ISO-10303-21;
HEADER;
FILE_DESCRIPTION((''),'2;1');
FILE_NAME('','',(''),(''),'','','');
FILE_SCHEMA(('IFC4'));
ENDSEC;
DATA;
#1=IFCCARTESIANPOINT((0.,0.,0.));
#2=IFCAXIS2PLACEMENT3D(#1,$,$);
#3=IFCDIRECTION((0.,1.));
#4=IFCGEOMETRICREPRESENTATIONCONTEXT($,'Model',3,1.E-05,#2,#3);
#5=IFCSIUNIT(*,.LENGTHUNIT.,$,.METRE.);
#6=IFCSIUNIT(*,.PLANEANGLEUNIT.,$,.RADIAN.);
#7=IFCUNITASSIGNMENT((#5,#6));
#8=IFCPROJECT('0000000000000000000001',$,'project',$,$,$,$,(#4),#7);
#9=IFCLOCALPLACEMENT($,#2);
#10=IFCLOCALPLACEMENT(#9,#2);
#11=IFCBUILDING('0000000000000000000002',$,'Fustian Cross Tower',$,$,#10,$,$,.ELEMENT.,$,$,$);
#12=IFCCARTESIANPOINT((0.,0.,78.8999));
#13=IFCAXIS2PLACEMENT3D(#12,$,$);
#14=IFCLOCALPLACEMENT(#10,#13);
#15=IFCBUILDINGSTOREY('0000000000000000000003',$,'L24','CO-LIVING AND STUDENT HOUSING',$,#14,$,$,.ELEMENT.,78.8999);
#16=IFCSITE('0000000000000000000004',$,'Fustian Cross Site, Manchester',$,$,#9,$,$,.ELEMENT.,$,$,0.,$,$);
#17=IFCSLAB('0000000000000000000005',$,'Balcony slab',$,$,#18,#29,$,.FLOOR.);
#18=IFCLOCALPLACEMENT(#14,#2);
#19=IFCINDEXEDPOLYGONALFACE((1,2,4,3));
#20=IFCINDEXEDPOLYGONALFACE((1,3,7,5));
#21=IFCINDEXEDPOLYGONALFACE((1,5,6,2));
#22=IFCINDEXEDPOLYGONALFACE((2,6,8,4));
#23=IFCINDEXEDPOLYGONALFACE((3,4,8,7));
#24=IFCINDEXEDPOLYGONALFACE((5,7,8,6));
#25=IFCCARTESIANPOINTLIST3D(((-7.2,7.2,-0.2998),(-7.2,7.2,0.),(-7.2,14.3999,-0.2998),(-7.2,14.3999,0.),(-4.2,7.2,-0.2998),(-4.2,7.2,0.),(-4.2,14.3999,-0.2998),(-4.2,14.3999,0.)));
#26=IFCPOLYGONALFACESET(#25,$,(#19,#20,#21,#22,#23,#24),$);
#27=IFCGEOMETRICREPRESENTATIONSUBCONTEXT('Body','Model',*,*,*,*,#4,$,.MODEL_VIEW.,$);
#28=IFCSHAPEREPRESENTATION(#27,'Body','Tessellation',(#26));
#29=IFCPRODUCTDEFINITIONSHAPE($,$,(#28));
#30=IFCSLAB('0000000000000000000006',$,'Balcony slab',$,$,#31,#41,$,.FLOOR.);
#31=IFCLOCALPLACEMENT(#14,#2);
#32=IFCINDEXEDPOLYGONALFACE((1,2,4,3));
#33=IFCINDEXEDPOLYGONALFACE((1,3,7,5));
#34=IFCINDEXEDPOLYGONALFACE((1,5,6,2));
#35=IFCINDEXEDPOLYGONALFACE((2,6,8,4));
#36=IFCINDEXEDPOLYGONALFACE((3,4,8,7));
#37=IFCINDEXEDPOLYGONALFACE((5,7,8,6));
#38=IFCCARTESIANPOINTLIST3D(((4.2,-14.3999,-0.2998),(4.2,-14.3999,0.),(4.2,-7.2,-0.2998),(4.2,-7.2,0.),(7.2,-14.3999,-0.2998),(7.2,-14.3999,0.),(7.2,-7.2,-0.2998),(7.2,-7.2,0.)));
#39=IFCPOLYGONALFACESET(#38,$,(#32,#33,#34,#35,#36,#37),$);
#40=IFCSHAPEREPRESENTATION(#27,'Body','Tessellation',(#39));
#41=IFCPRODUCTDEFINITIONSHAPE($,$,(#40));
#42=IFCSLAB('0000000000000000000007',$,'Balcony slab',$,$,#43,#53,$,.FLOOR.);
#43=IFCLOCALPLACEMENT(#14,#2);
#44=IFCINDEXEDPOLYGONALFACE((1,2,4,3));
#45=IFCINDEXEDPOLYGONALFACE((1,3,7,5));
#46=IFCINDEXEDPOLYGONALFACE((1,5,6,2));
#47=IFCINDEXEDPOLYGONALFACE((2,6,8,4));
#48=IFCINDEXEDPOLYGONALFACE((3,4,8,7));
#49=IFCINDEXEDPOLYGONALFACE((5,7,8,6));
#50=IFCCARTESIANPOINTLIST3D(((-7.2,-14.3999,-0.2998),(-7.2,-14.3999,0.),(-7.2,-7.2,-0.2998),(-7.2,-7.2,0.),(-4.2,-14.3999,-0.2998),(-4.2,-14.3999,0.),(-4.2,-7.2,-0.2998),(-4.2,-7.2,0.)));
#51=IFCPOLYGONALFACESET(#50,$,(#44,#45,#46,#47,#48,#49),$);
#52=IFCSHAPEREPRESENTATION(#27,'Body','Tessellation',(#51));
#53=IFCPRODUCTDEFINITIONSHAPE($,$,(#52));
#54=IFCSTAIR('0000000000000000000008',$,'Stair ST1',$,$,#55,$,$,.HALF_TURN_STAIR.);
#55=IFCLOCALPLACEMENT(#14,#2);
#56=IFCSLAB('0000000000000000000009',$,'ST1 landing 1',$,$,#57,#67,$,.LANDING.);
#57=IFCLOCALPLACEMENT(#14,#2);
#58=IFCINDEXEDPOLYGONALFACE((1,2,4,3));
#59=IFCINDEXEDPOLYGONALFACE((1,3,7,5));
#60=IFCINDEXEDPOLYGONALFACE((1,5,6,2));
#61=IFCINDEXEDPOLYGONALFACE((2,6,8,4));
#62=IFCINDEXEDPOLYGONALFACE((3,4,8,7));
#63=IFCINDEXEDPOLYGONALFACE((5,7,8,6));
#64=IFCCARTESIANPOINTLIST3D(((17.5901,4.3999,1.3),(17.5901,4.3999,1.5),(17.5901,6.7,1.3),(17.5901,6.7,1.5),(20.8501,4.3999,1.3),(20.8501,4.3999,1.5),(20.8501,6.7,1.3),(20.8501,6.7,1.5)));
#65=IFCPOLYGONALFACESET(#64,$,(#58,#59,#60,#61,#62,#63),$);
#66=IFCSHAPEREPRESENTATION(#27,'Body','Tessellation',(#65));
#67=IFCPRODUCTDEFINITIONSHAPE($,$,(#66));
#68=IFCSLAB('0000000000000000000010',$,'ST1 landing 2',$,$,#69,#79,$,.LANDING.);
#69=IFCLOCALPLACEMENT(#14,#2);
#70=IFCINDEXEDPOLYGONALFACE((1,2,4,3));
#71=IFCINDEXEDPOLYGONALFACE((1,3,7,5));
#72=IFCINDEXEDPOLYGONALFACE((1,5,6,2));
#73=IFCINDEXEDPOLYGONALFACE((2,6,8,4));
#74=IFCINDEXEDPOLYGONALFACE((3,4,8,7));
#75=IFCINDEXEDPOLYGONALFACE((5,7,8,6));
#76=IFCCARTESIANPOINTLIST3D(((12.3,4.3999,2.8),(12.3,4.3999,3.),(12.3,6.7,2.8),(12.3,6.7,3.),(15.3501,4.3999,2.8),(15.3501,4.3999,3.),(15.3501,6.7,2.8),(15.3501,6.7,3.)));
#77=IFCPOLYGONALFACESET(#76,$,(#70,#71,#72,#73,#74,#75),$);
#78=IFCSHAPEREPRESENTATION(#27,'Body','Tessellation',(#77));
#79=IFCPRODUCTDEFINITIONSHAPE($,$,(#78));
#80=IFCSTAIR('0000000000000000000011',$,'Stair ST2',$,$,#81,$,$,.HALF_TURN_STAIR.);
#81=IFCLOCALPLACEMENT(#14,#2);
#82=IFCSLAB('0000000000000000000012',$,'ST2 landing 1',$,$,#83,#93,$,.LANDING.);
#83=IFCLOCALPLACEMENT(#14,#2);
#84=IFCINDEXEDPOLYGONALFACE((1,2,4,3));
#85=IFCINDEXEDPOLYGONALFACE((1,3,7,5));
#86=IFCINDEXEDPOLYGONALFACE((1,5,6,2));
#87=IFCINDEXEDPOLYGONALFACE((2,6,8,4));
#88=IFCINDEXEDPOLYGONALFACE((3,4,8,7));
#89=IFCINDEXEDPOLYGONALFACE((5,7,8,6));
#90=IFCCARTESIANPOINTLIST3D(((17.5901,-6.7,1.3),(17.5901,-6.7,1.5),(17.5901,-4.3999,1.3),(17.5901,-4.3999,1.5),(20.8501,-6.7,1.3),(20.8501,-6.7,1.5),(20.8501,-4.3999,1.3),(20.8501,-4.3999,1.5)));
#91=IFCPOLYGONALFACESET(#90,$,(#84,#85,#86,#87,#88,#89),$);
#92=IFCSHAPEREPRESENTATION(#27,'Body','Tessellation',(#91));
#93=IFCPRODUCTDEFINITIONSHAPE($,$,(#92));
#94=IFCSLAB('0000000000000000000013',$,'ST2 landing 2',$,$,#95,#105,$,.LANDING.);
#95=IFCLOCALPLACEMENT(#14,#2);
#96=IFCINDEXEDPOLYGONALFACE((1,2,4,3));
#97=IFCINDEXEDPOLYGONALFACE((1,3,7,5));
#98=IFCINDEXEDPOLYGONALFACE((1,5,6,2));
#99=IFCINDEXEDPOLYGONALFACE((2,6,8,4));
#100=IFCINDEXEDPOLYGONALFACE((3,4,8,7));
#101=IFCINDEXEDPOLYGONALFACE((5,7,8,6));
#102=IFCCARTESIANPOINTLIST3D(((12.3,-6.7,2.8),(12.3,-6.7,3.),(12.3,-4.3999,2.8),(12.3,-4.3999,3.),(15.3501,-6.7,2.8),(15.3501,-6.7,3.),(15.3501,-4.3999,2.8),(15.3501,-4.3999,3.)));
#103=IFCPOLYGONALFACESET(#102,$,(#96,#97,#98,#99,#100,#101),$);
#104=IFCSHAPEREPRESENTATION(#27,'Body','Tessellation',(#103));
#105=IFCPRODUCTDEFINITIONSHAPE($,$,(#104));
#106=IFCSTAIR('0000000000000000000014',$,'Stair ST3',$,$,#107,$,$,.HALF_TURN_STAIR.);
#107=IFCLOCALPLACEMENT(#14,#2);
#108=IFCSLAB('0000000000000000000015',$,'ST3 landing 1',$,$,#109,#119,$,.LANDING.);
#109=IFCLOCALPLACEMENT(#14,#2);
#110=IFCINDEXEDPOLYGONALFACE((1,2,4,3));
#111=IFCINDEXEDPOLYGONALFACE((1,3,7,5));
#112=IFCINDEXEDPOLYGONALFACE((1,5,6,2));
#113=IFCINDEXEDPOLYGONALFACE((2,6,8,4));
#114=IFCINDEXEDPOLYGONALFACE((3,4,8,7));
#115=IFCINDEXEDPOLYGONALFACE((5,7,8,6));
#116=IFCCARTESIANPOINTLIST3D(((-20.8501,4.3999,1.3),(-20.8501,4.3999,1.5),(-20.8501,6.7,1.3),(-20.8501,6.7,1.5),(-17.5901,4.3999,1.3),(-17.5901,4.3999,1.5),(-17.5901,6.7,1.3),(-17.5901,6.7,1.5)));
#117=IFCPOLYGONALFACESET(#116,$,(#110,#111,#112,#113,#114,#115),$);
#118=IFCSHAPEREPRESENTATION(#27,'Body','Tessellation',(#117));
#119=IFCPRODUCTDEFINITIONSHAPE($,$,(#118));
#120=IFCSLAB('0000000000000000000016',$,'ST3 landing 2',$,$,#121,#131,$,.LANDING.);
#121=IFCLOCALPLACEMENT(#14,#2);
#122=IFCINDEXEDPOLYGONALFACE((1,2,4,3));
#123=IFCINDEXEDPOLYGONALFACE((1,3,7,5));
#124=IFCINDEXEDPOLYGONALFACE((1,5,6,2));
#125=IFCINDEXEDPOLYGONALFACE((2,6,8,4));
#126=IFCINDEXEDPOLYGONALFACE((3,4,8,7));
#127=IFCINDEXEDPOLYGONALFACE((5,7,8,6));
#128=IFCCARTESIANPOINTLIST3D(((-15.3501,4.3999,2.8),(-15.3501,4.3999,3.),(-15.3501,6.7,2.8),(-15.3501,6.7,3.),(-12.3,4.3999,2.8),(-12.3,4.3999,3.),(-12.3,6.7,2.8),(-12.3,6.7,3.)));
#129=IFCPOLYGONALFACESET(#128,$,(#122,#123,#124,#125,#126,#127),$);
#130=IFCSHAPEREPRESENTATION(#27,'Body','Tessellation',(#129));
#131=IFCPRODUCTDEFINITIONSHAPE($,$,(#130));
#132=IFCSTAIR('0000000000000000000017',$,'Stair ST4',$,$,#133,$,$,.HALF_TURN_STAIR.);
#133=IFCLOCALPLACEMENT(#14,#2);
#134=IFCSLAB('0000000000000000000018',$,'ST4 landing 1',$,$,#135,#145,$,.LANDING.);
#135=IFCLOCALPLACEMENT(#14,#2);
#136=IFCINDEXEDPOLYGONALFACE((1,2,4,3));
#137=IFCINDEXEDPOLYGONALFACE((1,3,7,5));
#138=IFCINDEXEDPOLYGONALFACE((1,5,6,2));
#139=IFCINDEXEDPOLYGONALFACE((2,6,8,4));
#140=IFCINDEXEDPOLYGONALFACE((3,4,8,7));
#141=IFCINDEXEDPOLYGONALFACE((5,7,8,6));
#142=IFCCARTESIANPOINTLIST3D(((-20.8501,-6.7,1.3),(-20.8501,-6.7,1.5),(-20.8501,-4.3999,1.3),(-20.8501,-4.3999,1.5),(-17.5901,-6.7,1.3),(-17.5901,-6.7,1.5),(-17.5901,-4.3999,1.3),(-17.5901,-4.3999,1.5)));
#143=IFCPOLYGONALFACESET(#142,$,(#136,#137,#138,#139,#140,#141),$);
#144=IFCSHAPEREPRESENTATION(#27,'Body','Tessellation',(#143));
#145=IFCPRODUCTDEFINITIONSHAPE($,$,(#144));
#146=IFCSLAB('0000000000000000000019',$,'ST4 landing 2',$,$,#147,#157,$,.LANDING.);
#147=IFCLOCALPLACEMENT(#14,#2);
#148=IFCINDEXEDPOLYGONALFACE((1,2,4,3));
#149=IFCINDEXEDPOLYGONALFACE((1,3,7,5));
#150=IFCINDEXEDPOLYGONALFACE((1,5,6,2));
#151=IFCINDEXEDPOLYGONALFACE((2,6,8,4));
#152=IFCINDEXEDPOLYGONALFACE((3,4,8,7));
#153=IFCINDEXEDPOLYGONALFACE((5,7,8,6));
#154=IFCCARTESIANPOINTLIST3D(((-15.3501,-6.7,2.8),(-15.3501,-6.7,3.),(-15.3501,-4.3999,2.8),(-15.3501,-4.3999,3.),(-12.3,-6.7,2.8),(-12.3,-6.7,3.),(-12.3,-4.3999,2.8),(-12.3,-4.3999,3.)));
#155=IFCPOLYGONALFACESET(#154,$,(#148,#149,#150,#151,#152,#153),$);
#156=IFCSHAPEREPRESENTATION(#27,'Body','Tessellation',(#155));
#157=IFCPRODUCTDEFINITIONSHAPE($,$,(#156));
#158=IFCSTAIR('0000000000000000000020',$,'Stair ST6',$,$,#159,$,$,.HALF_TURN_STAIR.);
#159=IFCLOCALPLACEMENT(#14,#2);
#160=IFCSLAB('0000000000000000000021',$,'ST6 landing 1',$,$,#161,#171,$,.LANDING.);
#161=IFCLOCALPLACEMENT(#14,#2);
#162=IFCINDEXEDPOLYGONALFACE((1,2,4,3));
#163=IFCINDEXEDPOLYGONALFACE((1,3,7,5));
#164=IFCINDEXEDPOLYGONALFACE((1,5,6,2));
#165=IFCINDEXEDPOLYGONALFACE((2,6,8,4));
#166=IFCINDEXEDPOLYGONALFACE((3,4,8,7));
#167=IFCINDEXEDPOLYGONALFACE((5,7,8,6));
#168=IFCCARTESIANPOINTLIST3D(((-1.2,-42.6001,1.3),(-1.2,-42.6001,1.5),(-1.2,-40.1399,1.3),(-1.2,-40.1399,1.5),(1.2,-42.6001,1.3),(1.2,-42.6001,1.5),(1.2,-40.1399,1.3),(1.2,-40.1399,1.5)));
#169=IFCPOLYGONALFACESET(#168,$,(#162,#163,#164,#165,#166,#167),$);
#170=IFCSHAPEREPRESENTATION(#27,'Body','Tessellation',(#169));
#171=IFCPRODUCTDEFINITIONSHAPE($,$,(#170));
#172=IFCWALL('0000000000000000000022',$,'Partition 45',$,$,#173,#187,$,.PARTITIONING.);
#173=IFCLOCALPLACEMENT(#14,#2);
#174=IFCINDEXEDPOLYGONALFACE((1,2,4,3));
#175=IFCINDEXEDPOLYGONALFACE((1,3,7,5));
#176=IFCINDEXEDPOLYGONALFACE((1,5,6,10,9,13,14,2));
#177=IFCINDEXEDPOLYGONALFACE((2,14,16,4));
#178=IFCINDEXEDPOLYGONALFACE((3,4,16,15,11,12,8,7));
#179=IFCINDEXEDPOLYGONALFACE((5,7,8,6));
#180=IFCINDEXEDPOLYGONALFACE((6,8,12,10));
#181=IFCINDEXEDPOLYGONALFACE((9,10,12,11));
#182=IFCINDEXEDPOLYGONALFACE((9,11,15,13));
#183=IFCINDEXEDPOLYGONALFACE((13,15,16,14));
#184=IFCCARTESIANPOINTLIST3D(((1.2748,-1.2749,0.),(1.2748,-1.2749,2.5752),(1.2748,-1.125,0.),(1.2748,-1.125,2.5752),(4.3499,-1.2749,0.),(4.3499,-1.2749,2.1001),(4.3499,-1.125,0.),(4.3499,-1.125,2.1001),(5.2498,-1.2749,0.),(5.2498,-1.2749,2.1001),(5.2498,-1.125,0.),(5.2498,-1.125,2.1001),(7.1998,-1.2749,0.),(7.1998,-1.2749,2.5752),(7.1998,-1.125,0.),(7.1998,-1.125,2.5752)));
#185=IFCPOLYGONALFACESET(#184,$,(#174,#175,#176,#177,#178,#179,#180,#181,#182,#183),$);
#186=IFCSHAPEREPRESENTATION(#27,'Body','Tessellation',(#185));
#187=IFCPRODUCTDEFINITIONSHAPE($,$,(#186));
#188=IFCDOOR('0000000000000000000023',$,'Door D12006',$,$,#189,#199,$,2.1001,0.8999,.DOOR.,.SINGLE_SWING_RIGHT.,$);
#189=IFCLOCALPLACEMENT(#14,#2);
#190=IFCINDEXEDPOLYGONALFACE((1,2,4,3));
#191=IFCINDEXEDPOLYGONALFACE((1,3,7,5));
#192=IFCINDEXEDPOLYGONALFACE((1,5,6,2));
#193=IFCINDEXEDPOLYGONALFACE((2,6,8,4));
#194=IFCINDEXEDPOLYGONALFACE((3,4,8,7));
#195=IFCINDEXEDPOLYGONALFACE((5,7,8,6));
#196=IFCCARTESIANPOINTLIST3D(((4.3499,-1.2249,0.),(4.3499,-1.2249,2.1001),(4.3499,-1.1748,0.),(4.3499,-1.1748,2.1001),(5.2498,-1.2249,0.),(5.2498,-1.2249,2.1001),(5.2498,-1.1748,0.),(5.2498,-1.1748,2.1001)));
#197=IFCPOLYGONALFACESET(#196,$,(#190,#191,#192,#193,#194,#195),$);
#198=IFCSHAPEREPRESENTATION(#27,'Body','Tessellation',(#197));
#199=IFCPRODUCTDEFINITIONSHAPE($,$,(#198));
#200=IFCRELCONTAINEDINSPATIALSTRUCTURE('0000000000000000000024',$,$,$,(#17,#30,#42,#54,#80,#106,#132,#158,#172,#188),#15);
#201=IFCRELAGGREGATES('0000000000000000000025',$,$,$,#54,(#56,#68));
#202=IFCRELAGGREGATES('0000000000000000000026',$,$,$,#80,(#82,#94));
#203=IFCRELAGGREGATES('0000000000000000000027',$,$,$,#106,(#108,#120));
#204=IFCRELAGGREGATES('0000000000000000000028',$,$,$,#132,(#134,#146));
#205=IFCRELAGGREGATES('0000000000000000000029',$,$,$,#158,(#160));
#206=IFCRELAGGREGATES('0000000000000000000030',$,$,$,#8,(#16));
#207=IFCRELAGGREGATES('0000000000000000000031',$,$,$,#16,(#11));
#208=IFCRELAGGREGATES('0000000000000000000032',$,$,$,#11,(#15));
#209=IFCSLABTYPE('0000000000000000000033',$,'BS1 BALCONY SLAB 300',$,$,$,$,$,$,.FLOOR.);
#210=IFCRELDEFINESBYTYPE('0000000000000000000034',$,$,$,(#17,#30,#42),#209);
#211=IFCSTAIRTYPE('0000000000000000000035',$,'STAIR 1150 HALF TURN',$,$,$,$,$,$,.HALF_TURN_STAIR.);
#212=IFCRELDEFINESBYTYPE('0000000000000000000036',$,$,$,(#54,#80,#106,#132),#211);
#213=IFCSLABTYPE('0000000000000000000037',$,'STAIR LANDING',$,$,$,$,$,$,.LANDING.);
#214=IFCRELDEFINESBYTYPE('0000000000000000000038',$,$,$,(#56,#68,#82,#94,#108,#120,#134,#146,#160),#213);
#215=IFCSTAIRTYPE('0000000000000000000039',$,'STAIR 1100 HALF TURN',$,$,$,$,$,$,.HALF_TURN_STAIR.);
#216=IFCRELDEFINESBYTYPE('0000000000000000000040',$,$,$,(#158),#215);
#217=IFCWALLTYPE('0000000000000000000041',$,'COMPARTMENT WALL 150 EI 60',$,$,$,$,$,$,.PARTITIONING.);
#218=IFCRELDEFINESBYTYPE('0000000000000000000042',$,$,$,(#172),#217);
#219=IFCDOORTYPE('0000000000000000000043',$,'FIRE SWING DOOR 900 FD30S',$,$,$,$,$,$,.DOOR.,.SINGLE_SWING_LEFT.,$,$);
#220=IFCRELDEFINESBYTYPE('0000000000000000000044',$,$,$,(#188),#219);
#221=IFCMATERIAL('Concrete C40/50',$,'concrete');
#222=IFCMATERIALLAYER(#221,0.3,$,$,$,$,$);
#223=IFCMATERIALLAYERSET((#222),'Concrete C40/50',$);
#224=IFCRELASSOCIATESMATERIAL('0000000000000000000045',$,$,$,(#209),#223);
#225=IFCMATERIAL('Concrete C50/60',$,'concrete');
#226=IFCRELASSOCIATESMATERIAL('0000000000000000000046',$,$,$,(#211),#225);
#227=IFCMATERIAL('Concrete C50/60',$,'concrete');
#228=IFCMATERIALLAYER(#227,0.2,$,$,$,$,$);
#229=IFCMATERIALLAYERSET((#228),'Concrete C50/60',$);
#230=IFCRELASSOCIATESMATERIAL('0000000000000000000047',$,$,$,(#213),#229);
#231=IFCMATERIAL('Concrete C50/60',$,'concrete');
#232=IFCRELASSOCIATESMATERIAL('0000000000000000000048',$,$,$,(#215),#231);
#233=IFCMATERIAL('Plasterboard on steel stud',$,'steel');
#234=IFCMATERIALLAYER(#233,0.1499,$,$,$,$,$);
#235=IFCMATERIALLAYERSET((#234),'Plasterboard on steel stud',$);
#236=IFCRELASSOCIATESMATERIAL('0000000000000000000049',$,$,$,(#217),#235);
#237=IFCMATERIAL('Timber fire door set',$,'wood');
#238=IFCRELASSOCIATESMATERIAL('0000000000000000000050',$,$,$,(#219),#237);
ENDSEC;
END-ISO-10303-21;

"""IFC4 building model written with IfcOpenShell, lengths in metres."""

from ifc_helpers import new_model, si_unit, direction, frame, frame_2d, origin, place, context, subcontext, project, spatial, polyline, rectangle, outline, extrude, material, layer, layer_set, type_object, element, fill, aggregate, save


model = new_model("IFC4")

# Units and contexts
model_context = context("Model", 3, precision=1e-05, world=origin(), true_north=direction((0.0, 1.0)))
body_context = subcontext(model_context, "Body", "Model", "MODEL_VIEW")
ifc_project = project(units=[si_unit("LENGTHUNIT", "METRE"), si_unit("PLANEANGLEUNIT", "RADIAN")], contexts=[model_context])

# Site, building, storey
site_placement = place(None, origin())
site = spatial("IfcSite", under=ifc_project, at=site_placement, Name="Fustian Cross Site, Manchester", CompositionType="ELEMENT", RefElevation=0.0)
building_placement = place(site_placement, origin())
building = spatial("IfcBuilding", under=site, at=building_placement, Name="Fustian Cross Tower", CompositionType="ELEMENT")
storey_placement = place(building_placement, frame((0.0, 0.0, 78.8999)))
storey = spatial("IfcBuildingStorey", under=building, at=storey_placement, Name="L24", Description="CO-LIVING AND STUDENT HOUSING", CompositionType="ELEMENT", Elevation=78.8999)

# Slabs
ifc_material_1 = material(Name="Concrete C40/50", Category="concrete")
ifc_layer_1 = layer(ifc_material_1, 0.3)
ifc_layer_set_1 = layer_set([ifc_layer_1], Name="Concrete C40/50")
slab_type_1 = type_object("IfcSlabType", Name="BS1 BALCONY SLAB 300", PredefinedType="FLOOR", material=ifc_layer_set_1)
slab_1_placement = place(storey_placement, frame((0.0, 0.0, -0.2998)))
element("IfcSlab", 1, at=slab_1_placement, inside=storey, type_object=slab_type_1, Name="Balcony slab", PredefinedType="FLOOR", context=body_context, shape_type="SweptSolid", body=[
    extrude(outline(polyline([(-7.2, 7.2), (-4.2, 7.2), (-4.2, 14.3999), (-7.2, 14.3999), (-7.2, 7.2)])), origin(), (0.0, 0.0, 1.0), 0.2998),
])
slab_2_placement = place(storey_placement, frame((0.0, 0.0, -0.2998)))
element("IfcSlab", 2, at=slab_2_placement, inside=storey, type_object=slab_type_1, Name="Balcony slab", PredefinedType="FLOOR", context=body_context, shape_type="SweptSolid", body=[
    extrude(outline(polyline([(4.2, -14.3999), (7.2, -14.3999), (7.2, -7.2), (4.2, -7.2), (4.2, -14.3999)])), origin(), (0.0, 0.0, 1.0), 0.2998),
])
slab_3_placement = place(storey_placement, frame((0.0, 0.0, -0.2998)))
element("IfcSlab", 3, at=slab_3_placement, inside=storey, type_object=slab_type_1, Name="Balcony slab", PredefinedType="FLOOR", context=body_context, shape_type="SweptSolid", body=[
    extrude(outline(polyline([(-7.2, -14.3999), (-4.2, -14.3999), (-4.2, -7.2), (-7.2, -7.2), (-7.2, -14.3999)])), origin(), (0.0, 0.0, 1.0), 0.2998),
])

# Stairs, slabs
ifc_material_2 = material(Name="Concrete C50/60", Category="concrete")
stair_type_1 = type_object("IfcStairType", Name="STAIR 1150 HALF TURN", PredefinedType="HALF_TURN_STAIR", material=ifc_material_2)
stair_1_placement = place(storey_placement, origin())
stair_1 = element("IfcStair", 4, at=stair_1_placement, inside=storey, type_object=stair_type_1, Name="Stair ST1", PredefinedType="HALF_TURN_STAIR")
ifc_material_3 = material(Name="Concrete C50/60", Category="concrete")
ifc_layer_2 = layer(ifc_material_3, 0.2)
ifc_layer_set_2 = layer_set([ifc_layer_2], Name="Concrete C50/60")
slab_type_2 = type_object("IfcSlabType", Name="STAIR LANDING", PredefinedType="LANDING", material=ifc_layer_set_2)
slab_4_placement = place(storey_placement, frame((0.0, 0.0, 1.3)))
slab_4 = element("IfcSlab", 5, at=slab_4_placement, type_object=slab_type_2, Name="ST1 landing 1", PredefinedType="LANDING", context=body_context, shape_type="SweptSolid", body=[
    extrude(outline(polyline([(17.5901, 4.3999), (20.8501, 4.3999), (20.8501, 6.7), (17.5901, 6.7), (17.5901, 4.3999)])), origin(), (0.0, 0.0, 1.0), 0.2),
])
slab_5_placement = place(storey_placement, frame((0.0, 0.0, 2.8)))
slab_5 = element("IfcSlab", 6, at=slab_5_placement, type_object=slab_type_2, Name="ST1 landing 2", PredefinedType="LANDING", context=body_context, shape_type="SweptSolid", body=[
    extrude(outline(polyline([(12.3, 4.3999), (15.3501, 4.3999), (15.3501, 6.7), (12.3, 6.7), (12.3, 4.3999)])), origin(), (0.0, 0.0, 1.0), 0.2),
])
aggregate(stair_1, [slab_4, slab_5])
stair_2_placement = place(storey_placement, origin())
stair_2 = element("IfcStair", 7, at=stair_2_placement, inside=storey, type_object=stair_type_1, Name="Stair ST2", PredefinedType="HALF_TURN_STAIR")
slab_6_placement = place(storey_placement, frame((0.0, 0.0, 1.3)))
slab_6 = element("IfcSlab", 8, at=slab_6_placement, type_object=slab_type_2, Name="ST2 landing 1", PredefinedType="LANDING", context=body_context, shape_type="SweptSolid", body=[
    extrude(outline(polyline([(17.5901, -4.3999), (20.8501, -4.3999), (20.8501, -6.7), (17.5901, -6.7), (17.5901, -4.3999)])), origin(), (0.0, 0.0, 1.0), 0.2),
])
slab_7_placement = place(storey_placement, frame((0.0, 0.0, 2.8)))
slab_7 = element("IfcSlab", 9, at=slab_7_placement, type_object=slab_type_2, Name="ST2 landing 2", PredefinedType="LANDING", context=body_context, shape_type="SweptSolid", body=[
    extrude(outline(polyline([(12.3, -4.3999), (15.3501, -4.3999), (15.3501, -6.7), (12.3, -6.7), (12.3, -4.3999)])), origin(), (0.0, 0.0, 1.0), 0.2),
])
aggregate(stair_2, [slab_6, slab_7])
stair_3_placement = place(storey_placement, origin())
stair_3 = element("IfcStair", 10, at=stair_3_placement, inside=storey, type_object=stair_type_1, Name="Stair ST3", PredefinedType="HALF_TURN_STAIR")
slab_8_placement = place(storey_placement, frame((0.0, 0.0, 1.3)))
slab_8 = element("IfcSlab", 11, at=slab_8_placement, type_object=slab_type_2, Name="ST3 landing 1", PredefinedType="LANDING", context=body_context, shape_type="SweptSolid", body=[
    extrude(outline(polyline([(-17.5901, 4.3999), (-20.8501, 4.3999), (-20.8501, 6.7), (-17.5901, 6.7), (-17.5901, 4.3999)])), origin(), (0.0, 0.0, 1.0), 0.2),
])
slab_9_placement = place(storey_placement, frame((0.0, 0.0, 2.8)))
slab_9 = element("IfcSlab", 12, at=slab_9_placement, type_object=slab_type_2, Name="ST3 landing 2", PredefinedType="LANDING", context=body_context, shape_type="SweptSolid", body=[
    extrude(outline(polyline([(-12.3, 4.3999), (-15.3501, 4.3999), (-15.3501, 6.7), (-12.3, 6.7), (-12.3, 4.3999)])), origin(), (0.0, 0.0, 1.0), 0.2),
])
aggregate(stair_3, [slab_8, slab_9])
stair_4_placement = place(storey_placement, origin())
stair_4 = element("IfcStair", 13, at=stair_4_placement, inside=storey, type_object=stair_type_1, Name="Stair ST4", PredefinedType="HALF_TURN_STAIR")
slab_10_placement = place(storey_placement, frame((0.0, 0.0, 1.3)))
slab_10 = element("IfcSlab", 14, at=slab_10_placement, type_object=slab_type_2, Name="ST4 landing 1", PredefinedType="LANDING", context=body_context, shape_type="SweptSolid", body=[
    extrude(outline(polyline([(-17.5901, -4.3999), (-20.8501, -4.3999), (-20.8501, -6.7), (-17.5901, -6.7), (-17.5901, -4.3999)])), origin(), (0.0, 0.0, 1.0), 0.2),
])
slab_11_placement = place(storey_placement, frame((0.0, 0.0, 2.8)))
slab_11 = element("IfcSlab", 15, at=slab_11_placement, type_object=slab_type_2, Name="ST4 landing 2", PredefinedType="LANDING", context=body_context, shape_type="SweptSolid", body=[
    extrude(outline(polyline([(-12.3, -4.3999), (-15.3501, -4.3999), (-15.3501, -6.7), (-12.3, -6.7), (-12.3, -4.3999)])), origin(), (0.0, 0.0, 1.0), 0.2),
])
aggregate(stair_4, [slab_10, slab_11])

# Stair, slab
ifc_material_4 = material(Name="Concrete C50/60", Category="concrete")
stair_type_2 = type_object("IfcStairType", Name="STAIR 1100 HALF TURN", PredefinedType="HALF_TURN_STAIR", material=ifc_material_4)
stair_5_placement = place(storey_placement, origin())
stair_5 = element("IfcStair", 16, at=stair_5_placement, inside=storey, type_object=stair_type_2, Name="Stair ST6", PredefinedType="HALF_TURN_STAIR")
slab_12_placement = place(storey_placement, frame((0.0, 0.0, 1.3)))
slab_12 = element("IfcSlab", 17, at=slab_12_placement, type_object=slab_type_2, Name="ST6 landing 1", PredefinedType="LANDING", context=body_context, shape_type="SweptSolid", body=[
    extrude(outline(polyline([(-1.2, -40.1399), (-1.2, -42.6001), (1.2, -42.6001), (1.2, -40.1399), (-1.2, -40.1399)])), origin(), (0.0, 0.0, 1.0), 0.2),
])
aggregate(stair_5, [slab_12])

# Wall, opening, door
ifc_material_5 = material(Name="Plasterboard on steel stud", Category="steel")
ifc_layer_3 = layer(ifc_material_5, 0.1499)
ifc_layer_set_3 = layer_set([ifc_layer_3], Name="Plasterboard on steel stud")
wall_type_1 = type_object("IfcWallType", Name="COMPARTMENT WALL 150 EI 60", PredefinedType="PARTITIONING", material=ifc_layer_set_3)
wall_1_placement = place(storey_placement, frame((1.2749, -1.2, 0.0), z_axis=(0.0, 0.0, 1.0), x_axis=(1.0, 0.0, 0.0)))
wall_1 = element("IfcWall", 18, at=wall_1_placement, inside=storey, type_object=wall_type_1, Name="Partition 45", PredefinedType="PARTITIONING", context=body_context, shape_type="SweptSolid", body=[
    extrude(rectangle(XDim=5.925, YDim=0.1499, at=frame_2d((2.9624, 0.0))), origin(), (0.0, 0.0, 1.0), 2.5752),
])
opening_1_placement = place(wall_1_placement, frame((3.075, 0.0, 0.0)))
opening_1 = element("IfcOpeningElement", 19, at=opening_1_placement, cuts=wall_1, PredefinedType="OPENING", context=body_context, shape_type="SweptSolid", body=[
    extrude(rectangle(XDim=0.8999, YDim=2.1001, at=frame_2d((0.45, 1.05))), frame((0.0, 0.085, 0.0), z_axis=(0.0, -1.0, 0.0), x_axis=(1.0, 0.0, 0.0)), (0.0, 0.0, 1.0), 0.1699),
])
ifc_material_6 = material(Name="Timber fire door set", Category="wood")
door_type_1 = type_object("IfcDoorType", Name="FIRE SWING DOOR 900 FD30S", OperationType="SINGLE_SWING_LEFT", PredefinedType="DOOR", material=ifc_material_6)
door_1_placement = place(opening_1_placement, frame((0.8999, 0.0, 0.0), z_axis=(0.0, 0.0, 1.0), x_axis=(-1.0, 0.0, 0.0)))
door_1 = element("IfcDoor", 20, at=door_1_placement, inside=storey, type_object=door_type_1, Name="Door D12006", OperationType="SINGLE_SWING_RIGHT", OverallHeight=2.1001, OverallWidth=0.8999, PredefinedType="DOOR", context=body_context, shape_type="SweptSolid", body=[
    extrude(rectangle(XDim=0.8999, YDim=2.1001, at=frame_2d((0.45, 1.05))), frame((0.0, 0.0249, 0.0), z_axis=(0.0, -1.0, 0.0), x_axis=(1.0, 0.0, 0.0)), (0.0, 0.0, 1.0), 0.05),
])
fill(opening_1, door_1)

save(model, "model.ifc")
